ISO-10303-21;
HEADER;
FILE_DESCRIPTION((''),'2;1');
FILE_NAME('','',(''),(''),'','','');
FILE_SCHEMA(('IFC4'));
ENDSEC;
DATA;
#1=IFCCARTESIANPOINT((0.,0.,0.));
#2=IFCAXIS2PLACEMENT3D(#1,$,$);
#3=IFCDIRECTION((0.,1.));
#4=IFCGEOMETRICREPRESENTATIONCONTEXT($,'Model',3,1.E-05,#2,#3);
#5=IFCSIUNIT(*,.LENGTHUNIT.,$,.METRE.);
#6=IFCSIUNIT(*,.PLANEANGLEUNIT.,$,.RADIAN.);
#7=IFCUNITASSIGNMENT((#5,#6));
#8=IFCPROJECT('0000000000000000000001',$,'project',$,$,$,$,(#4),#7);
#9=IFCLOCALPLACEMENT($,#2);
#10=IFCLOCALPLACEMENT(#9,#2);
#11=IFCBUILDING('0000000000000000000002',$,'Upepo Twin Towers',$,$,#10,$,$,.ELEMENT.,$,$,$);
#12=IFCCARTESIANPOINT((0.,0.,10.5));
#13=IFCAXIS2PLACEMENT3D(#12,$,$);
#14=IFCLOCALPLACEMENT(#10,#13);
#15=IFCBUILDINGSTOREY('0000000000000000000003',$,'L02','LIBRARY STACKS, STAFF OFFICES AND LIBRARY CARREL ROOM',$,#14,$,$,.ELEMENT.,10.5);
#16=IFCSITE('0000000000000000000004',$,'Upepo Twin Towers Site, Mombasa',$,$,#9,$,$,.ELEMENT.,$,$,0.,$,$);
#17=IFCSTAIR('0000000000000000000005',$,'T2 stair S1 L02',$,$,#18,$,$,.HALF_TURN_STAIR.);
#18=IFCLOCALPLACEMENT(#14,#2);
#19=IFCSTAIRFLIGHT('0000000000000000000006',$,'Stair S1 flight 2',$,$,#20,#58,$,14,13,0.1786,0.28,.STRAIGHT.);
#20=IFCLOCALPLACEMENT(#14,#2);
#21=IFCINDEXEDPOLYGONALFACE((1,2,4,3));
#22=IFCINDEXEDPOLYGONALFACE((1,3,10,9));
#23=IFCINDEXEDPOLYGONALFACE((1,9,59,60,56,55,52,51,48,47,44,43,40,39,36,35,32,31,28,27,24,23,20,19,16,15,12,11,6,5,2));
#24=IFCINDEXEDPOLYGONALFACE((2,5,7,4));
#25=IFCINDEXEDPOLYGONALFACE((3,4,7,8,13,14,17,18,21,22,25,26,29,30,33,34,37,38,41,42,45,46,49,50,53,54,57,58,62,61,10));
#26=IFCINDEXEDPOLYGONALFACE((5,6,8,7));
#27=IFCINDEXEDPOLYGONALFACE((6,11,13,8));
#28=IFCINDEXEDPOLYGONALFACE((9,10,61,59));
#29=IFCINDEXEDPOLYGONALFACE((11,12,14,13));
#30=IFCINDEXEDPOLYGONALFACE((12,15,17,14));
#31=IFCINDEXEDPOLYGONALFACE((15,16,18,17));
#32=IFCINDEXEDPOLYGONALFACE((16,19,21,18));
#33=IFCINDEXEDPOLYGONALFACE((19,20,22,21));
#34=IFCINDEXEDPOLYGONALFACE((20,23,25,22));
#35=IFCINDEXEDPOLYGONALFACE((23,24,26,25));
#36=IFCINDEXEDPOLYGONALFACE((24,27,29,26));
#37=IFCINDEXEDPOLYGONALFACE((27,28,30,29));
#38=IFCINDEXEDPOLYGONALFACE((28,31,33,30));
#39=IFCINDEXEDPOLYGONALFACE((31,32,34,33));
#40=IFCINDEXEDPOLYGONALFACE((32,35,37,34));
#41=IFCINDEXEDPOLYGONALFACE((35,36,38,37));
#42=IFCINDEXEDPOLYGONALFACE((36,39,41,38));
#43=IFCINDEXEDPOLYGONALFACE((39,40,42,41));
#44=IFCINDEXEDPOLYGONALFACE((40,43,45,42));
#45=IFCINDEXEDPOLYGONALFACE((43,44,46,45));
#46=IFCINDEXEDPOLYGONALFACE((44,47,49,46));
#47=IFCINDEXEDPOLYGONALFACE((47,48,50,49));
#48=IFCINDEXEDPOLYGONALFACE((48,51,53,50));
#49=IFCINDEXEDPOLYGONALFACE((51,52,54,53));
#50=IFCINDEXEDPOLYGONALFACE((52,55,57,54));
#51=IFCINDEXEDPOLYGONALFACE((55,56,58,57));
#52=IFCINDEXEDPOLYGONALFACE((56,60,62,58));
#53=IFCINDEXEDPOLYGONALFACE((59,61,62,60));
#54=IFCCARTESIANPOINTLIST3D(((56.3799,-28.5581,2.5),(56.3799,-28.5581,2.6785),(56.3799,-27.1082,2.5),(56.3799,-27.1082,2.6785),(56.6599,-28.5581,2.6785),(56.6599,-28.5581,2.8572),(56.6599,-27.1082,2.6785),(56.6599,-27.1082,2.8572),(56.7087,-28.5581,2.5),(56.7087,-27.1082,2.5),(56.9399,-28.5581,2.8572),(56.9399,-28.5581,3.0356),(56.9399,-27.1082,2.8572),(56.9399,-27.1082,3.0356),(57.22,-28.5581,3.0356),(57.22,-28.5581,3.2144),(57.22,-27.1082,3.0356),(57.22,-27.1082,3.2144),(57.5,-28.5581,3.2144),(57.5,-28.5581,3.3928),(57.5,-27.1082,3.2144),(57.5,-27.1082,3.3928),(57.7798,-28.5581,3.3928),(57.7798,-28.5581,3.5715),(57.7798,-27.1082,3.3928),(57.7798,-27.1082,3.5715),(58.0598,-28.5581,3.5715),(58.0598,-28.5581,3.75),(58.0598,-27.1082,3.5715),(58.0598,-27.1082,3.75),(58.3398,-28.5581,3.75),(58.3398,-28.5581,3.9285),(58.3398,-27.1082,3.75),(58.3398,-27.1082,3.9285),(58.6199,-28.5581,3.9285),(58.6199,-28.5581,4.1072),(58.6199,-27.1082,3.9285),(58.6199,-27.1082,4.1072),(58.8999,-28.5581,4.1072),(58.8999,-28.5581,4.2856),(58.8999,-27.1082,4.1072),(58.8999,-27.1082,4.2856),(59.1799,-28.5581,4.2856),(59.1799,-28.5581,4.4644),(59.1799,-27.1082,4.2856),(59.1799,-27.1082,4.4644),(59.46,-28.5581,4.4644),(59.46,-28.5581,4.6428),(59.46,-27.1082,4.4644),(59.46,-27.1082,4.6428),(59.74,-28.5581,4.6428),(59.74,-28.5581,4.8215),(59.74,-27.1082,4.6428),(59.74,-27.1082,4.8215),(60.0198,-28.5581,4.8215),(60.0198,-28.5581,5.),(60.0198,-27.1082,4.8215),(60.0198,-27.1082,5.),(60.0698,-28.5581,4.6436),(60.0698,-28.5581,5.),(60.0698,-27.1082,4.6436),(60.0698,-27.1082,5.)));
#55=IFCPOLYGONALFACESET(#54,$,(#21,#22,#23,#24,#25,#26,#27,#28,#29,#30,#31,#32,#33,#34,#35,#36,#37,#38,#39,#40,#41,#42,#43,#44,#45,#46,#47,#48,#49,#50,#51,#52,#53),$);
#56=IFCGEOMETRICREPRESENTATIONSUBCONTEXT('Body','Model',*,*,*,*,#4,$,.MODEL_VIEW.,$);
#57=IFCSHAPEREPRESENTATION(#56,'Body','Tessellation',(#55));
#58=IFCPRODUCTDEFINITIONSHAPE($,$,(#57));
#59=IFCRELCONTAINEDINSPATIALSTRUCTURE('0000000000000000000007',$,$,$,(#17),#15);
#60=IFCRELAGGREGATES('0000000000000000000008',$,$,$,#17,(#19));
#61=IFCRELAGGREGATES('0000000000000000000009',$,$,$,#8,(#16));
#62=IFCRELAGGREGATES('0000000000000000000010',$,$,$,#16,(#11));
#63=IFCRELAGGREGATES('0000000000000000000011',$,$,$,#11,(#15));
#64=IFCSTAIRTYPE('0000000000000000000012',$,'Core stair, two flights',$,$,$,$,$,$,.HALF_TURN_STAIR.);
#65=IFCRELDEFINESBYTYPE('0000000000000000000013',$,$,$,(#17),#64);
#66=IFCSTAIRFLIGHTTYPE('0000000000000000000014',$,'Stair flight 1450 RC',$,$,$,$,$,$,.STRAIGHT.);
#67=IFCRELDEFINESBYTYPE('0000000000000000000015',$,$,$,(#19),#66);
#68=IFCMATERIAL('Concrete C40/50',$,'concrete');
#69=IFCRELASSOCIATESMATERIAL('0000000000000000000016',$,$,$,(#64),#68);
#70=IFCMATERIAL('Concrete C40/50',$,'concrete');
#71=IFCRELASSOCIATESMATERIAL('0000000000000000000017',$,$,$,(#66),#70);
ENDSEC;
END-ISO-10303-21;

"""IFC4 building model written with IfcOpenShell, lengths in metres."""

from ifc_helpers import new_model, si_unit, direction, frame, origin, place, context, subcontext, project, spatial, polyline, outline, extrude, material, type_object, element, aggregate, save


model = new_model("IFC4")

# Units and contexts
model_context = context("Model", 3, precision=1e-05, world=origin(), true_north=direction((0.0, 1.0)))
body_context = subcontext(model_context, "Body", "Model", "MODEL_VIEW")
ifc_project = project(units=[si_unit("LENGTHUNIT", "METRE"), si_unit("PLANEANGLEUNIT", "RADIAN")], contexts=[model_context])

# Site, building, storey
site_placement = place(None, origin())
site = spatial("IfcSite", under=ifc_project, at=site_placement, Name="Upepo Twin Towers Site, Mombasa", CompositionType="ELEMENT", RefElevation=0.0)
building_placement = place(site_placement, origin())
building = spatial("IfcBuilding", under=site, at=building_placement, Name="Upepo Twin Towers", CompositionType="ELEMENT")
storey_placement = place(building_placement, frame((0.0, 0.0, 10.5)))
storey = spatial("IfcBuildingStorey", under=building, at=storey_placement, Name="L02", Description="LIBRARY STACKS, STAFF OFFICES AND LIBRARY CARREL ROOM", CompositionType="ELEMENT", Elevation=10.5)

# Stair, stair flight
ifc_material_1 = material(Name="Concrete C40/50", Category="concrete")
stair_type = type_object("IfcStairType", Name="Core stair, two flights", PredefinedType="HALF_TURN_STAIR", material=ifc_material_1)
stair_placement = place(storey_placement, origin())
stair = element("IfcStair", 1, at=stair_placement, inside=storey, type_object=stair_type, Name="T2 stair S1 L02", PredefinedType="HALF_TURN_STAIR")
ifc_material_2 = material(Name="Concrete C40/50", Category="concrete")
stair_flight_type = type_object("IfcStairFlightType", Name="Stair flight 1450 RC", PredefinedType="STRAIGHT", material=ifc_material_2)
stair_flight_1_placement = place(storey_placement, frame((56.3799, -27.8333, 2.5), z_axis=(0.0, 0.0, 1.0), x_axis=(1.0, 0.0, 0.0)))
stair_flight_1 = element("IfcStairFlight", 2, at=stair_flight_1_placement, type_object=stair_flight_type, Name="Stair S1 flight 2", NumberOfRisers=14, NumberOfTreads=13, PredefinedType="STRAIGHT", RiserHeight=0.1786, TreadLength=0.28, context=body_context, shape_type="SweptSolid", body=[
    extrude(outline(polyline([(0.0, 0.0), (0.0, 0.1785), (0.28, 0.1785), (0.28, 0.3572), (0.5601, 0.3572), (0.5601, 0.5356), (0.8401, 0.5356), (0.8401, 0.7144), (1.1201, 0.7144), (1.1201, 0.8928), (1.3999, 0.8928), (1.3999, 1.0715), (1.6799, 1.0715), (1.6799, 1.25), (1.96, 1.25), (1.96, 1.4285), (2.24, 1.4285), (2.24, 1.6072), (2.52, 1.6072), (2.52, 1.7856), (2.8, 1.7856), (2.8, 1.9644), (3.0801, 1.9644), (3.0801, 2.1428), (3.3601, 2.1428), (3.3601, 2.3215), (3.6399, 2.3215), (3.6399, 2.5), (3.6899, 2.5), (3.6899, 2.1436), (0.3289, 0.0), (0.0, 0.0)])), frame((0.0, 0.7251, 0.0), z_axis=(0.0, -1.0, 0.0), x_axis=(1.0, 0.0, 0.0)), (0.0, 0.0, 1.0), 1.45),
])
aggregate(stair, [stair_flight_1])

save(model, "model.ifc")
